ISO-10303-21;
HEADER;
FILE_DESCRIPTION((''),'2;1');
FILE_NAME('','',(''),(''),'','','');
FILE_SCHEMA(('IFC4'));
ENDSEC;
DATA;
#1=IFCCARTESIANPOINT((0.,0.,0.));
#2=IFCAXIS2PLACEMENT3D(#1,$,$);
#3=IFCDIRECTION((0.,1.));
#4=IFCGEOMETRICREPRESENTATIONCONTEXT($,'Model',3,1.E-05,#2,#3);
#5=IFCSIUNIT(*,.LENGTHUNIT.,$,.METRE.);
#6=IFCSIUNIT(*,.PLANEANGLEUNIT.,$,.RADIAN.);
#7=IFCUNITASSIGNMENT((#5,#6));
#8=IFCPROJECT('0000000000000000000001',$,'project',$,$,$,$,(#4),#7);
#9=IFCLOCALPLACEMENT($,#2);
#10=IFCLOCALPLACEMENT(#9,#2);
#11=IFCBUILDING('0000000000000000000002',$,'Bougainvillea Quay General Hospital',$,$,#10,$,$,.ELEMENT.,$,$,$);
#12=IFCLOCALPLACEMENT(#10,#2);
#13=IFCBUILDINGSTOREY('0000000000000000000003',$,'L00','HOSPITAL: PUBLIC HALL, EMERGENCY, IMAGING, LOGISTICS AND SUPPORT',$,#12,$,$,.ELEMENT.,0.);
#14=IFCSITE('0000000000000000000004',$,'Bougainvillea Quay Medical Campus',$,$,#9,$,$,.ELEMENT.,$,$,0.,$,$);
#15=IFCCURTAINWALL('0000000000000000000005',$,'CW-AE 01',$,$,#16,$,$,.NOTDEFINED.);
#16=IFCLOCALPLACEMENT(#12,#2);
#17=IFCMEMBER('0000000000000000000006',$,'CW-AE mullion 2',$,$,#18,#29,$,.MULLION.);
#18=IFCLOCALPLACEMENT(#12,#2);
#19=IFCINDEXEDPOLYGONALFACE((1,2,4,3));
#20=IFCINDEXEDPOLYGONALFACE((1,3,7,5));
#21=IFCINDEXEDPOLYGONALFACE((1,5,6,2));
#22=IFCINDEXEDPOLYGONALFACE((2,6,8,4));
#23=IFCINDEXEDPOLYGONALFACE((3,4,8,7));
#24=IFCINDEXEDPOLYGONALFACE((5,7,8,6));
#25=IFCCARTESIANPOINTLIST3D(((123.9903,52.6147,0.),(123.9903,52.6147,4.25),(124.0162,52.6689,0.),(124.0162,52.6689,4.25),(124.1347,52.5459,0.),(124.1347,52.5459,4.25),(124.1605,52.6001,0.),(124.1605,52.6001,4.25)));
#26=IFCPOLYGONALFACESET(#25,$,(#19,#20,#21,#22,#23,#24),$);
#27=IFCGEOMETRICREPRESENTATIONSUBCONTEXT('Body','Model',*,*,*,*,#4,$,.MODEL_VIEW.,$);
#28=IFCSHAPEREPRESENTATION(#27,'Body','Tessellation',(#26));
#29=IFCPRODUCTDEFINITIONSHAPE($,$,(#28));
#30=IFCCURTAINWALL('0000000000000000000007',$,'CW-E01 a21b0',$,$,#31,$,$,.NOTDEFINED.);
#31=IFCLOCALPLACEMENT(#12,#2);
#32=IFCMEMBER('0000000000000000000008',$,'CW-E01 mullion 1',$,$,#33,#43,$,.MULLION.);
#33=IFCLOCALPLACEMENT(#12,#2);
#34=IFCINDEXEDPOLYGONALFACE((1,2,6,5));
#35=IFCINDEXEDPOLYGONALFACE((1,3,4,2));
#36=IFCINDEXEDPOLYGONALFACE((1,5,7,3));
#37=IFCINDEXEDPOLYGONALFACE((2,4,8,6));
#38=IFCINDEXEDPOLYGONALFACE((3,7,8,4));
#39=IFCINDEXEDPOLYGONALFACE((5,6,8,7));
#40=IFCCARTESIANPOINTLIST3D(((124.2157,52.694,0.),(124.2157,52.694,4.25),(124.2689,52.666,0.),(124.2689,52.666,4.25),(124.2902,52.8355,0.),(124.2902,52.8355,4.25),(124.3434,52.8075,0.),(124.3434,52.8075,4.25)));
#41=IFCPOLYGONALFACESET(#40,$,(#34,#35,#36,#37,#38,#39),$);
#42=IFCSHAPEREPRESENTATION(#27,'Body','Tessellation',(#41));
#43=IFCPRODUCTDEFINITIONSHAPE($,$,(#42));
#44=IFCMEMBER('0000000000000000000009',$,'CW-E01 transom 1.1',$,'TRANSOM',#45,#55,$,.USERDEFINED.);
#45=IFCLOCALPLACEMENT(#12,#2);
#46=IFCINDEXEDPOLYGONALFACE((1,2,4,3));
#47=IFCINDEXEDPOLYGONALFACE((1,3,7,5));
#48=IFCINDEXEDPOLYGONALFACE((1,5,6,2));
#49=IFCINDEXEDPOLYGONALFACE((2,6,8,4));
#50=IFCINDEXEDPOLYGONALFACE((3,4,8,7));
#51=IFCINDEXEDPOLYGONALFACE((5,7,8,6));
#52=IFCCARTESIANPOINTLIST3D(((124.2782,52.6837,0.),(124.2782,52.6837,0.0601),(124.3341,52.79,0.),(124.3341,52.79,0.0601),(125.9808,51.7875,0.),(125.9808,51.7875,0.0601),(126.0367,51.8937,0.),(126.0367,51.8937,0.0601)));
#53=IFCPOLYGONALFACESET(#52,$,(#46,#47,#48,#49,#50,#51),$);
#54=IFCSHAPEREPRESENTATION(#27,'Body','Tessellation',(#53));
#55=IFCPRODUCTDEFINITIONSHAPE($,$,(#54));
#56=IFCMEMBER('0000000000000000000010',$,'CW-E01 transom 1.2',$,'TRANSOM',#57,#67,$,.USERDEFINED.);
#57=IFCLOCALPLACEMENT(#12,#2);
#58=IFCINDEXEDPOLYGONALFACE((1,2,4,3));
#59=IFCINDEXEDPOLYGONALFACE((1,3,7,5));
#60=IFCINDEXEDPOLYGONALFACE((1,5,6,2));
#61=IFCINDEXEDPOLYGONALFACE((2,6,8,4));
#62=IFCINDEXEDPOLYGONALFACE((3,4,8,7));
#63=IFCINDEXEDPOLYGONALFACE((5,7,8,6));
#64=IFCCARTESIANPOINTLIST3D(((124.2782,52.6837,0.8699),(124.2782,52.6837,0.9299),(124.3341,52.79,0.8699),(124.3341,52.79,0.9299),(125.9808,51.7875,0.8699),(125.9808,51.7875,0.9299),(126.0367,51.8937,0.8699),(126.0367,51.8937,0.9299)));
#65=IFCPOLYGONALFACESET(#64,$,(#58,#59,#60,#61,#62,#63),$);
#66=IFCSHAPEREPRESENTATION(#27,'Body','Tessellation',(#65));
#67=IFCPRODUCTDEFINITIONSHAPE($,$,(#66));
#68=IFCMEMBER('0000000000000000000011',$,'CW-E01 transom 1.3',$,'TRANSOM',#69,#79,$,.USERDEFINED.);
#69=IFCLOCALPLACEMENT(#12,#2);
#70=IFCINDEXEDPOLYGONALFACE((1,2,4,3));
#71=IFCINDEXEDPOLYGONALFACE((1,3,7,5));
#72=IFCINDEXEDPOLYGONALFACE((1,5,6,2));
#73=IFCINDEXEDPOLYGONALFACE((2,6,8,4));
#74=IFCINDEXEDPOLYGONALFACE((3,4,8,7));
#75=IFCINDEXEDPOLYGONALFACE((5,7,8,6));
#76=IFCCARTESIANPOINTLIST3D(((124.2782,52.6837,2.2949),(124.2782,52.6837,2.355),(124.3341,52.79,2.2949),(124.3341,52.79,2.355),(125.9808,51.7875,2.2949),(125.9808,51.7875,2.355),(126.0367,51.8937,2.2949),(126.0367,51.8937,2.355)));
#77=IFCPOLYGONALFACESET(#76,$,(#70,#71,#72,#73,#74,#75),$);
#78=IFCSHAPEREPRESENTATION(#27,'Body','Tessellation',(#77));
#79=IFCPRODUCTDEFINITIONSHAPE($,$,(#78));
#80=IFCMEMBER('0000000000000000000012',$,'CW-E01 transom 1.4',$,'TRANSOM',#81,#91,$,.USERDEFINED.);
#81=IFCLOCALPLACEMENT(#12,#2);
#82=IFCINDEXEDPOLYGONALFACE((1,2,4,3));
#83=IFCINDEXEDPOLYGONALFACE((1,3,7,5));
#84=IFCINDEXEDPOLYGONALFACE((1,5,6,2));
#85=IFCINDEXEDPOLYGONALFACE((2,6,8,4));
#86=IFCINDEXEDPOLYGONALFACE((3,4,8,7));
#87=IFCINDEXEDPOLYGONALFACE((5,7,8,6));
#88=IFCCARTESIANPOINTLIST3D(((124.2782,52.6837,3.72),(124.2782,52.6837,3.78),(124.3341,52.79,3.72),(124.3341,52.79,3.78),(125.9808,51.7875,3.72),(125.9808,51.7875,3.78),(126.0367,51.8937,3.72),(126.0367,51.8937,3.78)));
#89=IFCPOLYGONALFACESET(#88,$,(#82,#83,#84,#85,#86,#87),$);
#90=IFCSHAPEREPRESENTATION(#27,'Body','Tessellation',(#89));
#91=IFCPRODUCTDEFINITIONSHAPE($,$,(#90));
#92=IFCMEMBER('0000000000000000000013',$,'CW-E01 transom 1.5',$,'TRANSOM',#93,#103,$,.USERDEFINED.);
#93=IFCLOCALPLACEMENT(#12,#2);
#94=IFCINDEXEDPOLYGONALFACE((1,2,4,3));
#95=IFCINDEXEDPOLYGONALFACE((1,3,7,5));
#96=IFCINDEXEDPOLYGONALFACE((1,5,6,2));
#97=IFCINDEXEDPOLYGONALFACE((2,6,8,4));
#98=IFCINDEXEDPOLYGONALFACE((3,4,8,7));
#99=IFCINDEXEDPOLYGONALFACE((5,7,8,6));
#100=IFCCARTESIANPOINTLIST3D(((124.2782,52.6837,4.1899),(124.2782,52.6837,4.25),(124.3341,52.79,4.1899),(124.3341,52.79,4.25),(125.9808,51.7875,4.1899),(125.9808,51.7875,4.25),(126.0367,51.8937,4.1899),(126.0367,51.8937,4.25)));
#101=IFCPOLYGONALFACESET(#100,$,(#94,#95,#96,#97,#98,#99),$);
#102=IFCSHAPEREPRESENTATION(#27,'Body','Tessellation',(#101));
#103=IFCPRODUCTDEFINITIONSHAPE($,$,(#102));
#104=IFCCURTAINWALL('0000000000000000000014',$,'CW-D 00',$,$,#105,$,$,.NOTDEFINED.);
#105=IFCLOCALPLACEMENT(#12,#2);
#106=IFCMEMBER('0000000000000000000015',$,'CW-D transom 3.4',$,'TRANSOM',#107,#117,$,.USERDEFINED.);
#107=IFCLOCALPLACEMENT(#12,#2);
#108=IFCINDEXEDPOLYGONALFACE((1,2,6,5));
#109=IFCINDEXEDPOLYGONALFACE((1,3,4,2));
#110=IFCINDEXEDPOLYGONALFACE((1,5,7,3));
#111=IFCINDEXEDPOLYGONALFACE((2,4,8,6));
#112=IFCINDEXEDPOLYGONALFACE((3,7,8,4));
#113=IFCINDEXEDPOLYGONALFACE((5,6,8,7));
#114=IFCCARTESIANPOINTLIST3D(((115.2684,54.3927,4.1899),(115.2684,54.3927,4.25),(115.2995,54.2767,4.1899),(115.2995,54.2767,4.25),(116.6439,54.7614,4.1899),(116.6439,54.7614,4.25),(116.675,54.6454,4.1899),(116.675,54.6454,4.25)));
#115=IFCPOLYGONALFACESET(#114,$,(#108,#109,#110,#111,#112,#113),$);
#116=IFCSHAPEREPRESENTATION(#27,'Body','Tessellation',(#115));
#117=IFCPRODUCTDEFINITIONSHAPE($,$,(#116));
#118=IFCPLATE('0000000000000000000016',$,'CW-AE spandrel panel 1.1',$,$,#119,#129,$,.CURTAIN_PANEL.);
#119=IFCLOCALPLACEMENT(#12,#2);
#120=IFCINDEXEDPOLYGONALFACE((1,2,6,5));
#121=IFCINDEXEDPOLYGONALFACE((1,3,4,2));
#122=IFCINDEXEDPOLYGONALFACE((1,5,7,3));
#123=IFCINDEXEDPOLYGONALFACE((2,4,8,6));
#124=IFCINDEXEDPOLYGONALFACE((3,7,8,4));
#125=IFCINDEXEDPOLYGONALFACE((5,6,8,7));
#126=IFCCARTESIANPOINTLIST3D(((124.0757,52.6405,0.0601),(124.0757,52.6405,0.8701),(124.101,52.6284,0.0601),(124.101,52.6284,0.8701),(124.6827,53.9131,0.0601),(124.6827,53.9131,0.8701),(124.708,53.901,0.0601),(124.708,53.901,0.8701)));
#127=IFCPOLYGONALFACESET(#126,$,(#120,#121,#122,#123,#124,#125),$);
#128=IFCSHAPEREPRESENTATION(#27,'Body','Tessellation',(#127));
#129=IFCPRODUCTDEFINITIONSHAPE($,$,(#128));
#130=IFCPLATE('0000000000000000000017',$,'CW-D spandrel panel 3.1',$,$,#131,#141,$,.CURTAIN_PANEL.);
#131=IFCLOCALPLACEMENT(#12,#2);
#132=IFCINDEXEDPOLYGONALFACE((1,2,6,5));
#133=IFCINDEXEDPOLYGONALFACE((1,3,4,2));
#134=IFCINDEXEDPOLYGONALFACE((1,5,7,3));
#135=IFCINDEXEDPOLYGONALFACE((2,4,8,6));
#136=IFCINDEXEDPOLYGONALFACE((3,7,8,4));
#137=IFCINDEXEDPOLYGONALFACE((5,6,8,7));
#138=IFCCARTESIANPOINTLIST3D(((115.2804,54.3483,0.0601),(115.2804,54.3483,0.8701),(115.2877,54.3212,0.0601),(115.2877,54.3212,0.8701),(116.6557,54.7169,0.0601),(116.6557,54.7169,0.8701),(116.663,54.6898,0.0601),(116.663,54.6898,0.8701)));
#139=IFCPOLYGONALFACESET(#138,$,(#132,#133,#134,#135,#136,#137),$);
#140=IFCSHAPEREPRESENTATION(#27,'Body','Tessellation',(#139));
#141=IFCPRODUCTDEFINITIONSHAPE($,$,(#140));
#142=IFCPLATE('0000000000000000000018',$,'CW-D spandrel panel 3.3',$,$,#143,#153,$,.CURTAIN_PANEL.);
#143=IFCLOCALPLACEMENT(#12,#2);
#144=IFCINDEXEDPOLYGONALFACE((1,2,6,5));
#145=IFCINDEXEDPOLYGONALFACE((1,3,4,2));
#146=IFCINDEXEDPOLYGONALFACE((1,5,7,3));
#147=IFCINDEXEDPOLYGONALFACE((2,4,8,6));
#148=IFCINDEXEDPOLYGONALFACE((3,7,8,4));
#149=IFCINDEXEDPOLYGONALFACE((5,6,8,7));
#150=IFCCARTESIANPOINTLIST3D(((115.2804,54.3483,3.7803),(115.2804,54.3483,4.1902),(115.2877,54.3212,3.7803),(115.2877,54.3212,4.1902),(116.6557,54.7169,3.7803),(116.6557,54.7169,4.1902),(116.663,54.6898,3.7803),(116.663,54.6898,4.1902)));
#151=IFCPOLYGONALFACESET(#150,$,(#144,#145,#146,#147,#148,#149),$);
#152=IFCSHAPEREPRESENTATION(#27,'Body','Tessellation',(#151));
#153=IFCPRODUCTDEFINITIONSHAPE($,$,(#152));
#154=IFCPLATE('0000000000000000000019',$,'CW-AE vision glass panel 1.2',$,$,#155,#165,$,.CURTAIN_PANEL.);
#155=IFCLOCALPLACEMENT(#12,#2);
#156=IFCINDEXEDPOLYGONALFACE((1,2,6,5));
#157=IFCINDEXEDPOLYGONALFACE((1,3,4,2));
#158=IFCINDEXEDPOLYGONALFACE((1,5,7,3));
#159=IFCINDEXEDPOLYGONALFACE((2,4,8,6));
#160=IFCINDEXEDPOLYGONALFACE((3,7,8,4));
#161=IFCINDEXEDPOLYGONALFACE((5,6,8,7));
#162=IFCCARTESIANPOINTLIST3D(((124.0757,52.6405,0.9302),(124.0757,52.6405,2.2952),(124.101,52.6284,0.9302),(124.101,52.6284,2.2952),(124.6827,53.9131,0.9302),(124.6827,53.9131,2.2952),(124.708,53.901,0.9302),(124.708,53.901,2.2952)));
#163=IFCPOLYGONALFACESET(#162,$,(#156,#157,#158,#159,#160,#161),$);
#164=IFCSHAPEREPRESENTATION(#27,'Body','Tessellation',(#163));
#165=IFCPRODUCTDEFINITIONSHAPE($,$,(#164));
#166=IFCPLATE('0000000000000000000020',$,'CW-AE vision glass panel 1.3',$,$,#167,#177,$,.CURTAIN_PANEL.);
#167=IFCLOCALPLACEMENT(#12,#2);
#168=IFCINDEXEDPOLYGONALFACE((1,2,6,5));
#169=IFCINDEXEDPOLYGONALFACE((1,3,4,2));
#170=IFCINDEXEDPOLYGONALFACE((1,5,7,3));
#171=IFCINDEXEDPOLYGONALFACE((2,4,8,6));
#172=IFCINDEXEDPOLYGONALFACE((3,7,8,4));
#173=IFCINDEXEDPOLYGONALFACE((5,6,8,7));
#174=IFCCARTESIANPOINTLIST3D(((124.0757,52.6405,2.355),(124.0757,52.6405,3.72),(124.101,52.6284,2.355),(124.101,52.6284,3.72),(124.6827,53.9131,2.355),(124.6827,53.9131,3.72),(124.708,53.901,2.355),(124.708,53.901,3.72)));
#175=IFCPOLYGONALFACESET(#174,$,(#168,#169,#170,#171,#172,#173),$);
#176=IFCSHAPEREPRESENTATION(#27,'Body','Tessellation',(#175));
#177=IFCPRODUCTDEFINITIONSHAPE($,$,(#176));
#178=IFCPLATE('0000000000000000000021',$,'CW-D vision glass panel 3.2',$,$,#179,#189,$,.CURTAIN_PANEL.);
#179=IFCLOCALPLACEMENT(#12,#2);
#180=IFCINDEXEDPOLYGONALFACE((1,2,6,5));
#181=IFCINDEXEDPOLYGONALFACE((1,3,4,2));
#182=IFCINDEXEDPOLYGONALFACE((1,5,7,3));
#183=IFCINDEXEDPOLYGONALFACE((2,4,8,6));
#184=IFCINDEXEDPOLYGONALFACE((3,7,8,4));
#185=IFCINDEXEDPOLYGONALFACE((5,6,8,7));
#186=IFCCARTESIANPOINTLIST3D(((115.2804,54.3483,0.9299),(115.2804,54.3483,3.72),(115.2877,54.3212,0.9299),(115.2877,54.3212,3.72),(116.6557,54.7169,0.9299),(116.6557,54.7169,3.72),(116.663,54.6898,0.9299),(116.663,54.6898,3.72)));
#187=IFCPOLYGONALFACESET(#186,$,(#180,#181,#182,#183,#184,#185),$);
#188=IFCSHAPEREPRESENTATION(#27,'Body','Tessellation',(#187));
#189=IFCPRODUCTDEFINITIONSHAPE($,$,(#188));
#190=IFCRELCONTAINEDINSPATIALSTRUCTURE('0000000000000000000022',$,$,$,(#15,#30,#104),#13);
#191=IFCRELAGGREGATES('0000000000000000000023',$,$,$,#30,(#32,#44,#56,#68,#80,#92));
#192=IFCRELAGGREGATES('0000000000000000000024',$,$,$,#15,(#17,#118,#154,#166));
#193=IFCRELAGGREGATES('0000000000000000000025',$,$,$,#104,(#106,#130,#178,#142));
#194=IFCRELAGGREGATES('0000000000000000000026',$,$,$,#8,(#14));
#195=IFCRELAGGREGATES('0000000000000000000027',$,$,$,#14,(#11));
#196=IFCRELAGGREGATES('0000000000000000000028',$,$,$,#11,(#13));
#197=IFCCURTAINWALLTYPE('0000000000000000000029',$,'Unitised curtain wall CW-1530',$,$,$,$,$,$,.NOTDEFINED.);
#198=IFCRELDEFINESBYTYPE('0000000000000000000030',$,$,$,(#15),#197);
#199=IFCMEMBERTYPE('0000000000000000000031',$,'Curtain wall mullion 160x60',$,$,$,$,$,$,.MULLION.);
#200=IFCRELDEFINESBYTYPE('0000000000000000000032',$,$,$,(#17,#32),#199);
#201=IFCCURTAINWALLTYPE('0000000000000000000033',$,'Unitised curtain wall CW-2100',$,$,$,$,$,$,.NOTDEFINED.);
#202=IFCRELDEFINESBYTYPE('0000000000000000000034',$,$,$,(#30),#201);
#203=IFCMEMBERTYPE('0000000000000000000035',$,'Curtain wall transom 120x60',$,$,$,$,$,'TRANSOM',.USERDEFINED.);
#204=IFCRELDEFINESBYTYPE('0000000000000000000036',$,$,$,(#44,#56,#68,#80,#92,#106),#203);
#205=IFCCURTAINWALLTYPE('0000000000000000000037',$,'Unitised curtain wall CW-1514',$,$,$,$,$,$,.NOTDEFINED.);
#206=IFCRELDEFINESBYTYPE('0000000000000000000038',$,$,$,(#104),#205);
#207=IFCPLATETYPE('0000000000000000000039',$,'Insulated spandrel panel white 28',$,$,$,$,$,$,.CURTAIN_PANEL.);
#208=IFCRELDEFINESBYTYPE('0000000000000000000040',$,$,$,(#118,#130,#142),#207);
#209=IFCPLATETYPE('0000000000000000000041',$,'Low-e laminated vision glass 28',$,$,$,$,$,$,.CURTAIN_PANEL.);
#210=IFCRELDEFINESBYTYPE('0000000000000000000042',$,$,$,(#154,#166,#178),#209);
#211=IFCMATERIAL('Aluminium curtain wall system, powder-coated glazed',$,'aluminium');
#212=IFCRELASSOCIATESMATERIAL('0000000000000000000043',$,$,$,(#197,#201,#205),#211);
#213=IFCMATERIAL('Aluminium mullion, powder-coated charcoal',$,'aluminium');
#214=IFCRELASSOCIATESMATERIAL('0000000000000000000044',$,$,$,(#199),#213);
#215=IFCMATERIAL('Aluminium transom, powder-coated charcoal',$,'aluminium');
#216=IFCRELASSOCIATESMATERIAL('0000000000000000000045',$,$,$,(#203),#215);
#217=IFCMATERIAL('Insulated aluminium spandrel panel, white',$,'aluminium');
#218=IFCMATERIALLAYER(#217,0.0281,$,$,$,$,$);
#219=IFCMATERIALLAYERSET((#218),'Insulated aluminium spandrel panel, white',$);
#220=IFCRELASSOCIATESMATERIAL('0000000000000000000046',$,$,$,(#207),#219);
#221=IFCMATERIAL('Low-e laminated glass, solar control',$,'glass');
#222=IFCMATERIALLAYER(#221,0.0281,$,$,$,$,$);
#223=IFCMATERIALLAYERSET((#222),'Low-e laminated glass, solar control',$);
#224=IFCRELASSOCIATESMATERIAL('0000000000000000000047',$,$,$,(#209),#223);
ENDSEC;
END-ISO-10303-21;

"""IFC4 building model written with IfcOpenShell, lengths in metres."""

from ifc_helpers import new_model, si_unit, direction, frame, origin, origin_2d, place, context, subcontext, project, spatial, rectangle, extrude, material, layer, layer_set, material_profile, profile_set, type_object, element, aggregate, save


model = new_model("IFC4")

# Units and contexts
model_context = context("Model", 3, precision=1e-05, world=origin(), true_north=direction((0.0, 1.0)))
body_context = subcontext(model_context, "Body", "Model", "MODEL_VIEW")
ifc_project = project(units=[si_unit("LENGTHUNIT", "METRE"), si_unit("PLANEANGLEUNIT", "RADIAN")], contexts=[model_context])

# Site, building, storey
site_placement = place(None, origin())
site = spatial("IfcSite", under=ifc_project, at=site_placement, Name="Bougainvillea Quay Medical Campus", CompositionType="ELEMENT", RefElevation=0.0)
building_placement = place(site_placement, origin())
building = spatial("IfcBuilding", under=site, at=building_placement, Name="Bougainvillea Quay General Hospital", CompositionType="ELEMENT")
storey_placement = place(building_placement, origin())
storey = spatial("IfcBuildingStorey", under=building, at=storey_placement, Name="L00", Description="HOSPITAL: PUBLIC HALL, EMERGENCY, IMAGING, LOGISTICS AND SUPPORT", CompositionType="ELEMENT", Elevation=0.0)

# Curtain wall, member
ifc_material_1 = material(Name="Aluminium curtain wall system, powder-coated glazed", Category="aluminium")
curtain_wall_type_1 = type_object("IfcCurtainWallType", Name="Unitised curtain wall CW-1530", PredefinedType="NOTDEFINED", material=ifc_material_1)
curtain_wall_1_placement = place(storey_placement, origin())
curtain_wall_1 = element("IfcCurtainWall", 1, at=curtain_wall_1_placement, inside=storey, type_object=curtain_wall_type_1, Name="CW-AE 01", PredefinedType="NOTDEFINED")
ifc_material_2 = material(Name="Aluminium mullion, powder-coated charcoal", Category="aluminium")
ifc_material_profile_1 = material_profile(ifc_material_2, rectangle(XDim=0.1599, YDim=0.0601, at=origin_2d()))
ifc_profile_set_1 = profile_set([ifc_material_profile_1], Name="Aluminium mullion, powder-coated charcoal")
member_type_1 = type_object("IfcMemberType", Name="Curtain wall mullion 160x60", PredefinedType="MULLION", material=ifc_profile_set_1)
member_1_placement = place(storey_placement, frame((124.0754, 52.6074, 0.0), z_axis=(0.0, 0.0, 1.0), x_axis=(0.902576, -0.43053, 0.0)))
member_1 = element("IfcMember", 2, at=member_1_placement, type_object=member_type_1, Name="CW-AE mullion 2", PredefinedType="MULLION", context=body_context, shape_type="SweptSolid", body=[
    extrude(rectangle(XDim=0.1599, YDim=0.0601, at=origin_2d()), origin(), (0.0, 0.0, 1.0), 4.25),
])

# Curtain wall, members
curtain_wall_type_2 = type_object("IfcCurtainWallType", Name="Unitised curtain wall CW-2100", PredefinedType="NOTDEFINED", material=ifc_material_1)
curtain_wall_2_placement = place(storey_placement, origin())
curtain_wall_2 = element("IfcCurtainWall", 3, at=curtain_wall_2_placement, inside=storey, type_object=curtain_wall_type_2, Name="CW-E01 a21b0", PredefinedType="NOTDEFINED")
member_2_placement = place(storey_placement, frame((124.2795, 52.7507, 0.0), z_axis=(0.0, 0.0, 1.0), x_axis=(0.465726, 0.884929, 0.0)))
member_2 = element("IfcMember", 4, at=member_2_placement, type_object=member_type_1, Name="CW-E01 mullion 1", PredefinedType="MULLION", context=body_context, shape_type="SweptSolid", body=[
    extrude(rectangle(XDim=0.1599, YDim=0.0601, at=origin_2d()), origin(), (0.0, 0.0, 1.0), 4.25),
])
ifc_material_3 = material(Name="Aluminium transom, powder-coated charcoal", Category="aluminium")
ifc_material_profile_2 = material_profile(ifc_material_3, rectangle(XDim=0.1201, YDim=0.0601, at=origin_2d()))
ifc_profile_set_2 = profile_set([ifc_material_profile_2], Name="Aluminium transom, powder-coated charcoal")
member_type_2 = type_object("IfcMemberType", Name="Curtain wall transom 120x60", ElementType="TRANSOM", PredefinedType="USERDEFINED", material=ifc_profile_set_2)
member_3_placement = place(storey_placement, frame((124.3062, 52.7368, 0.03), z_axis=(0.884893, -0.465793, 0.0), x_axis=(0.465793, 0.884893, 0.0)))
member_3 = element("IfcMember", 5, at=member_3_placement, type_object=member_type_2, Name="CW-E01 transom 1.1", ObjectType="TRANSOM", PredefinedType="USERDEFINED", context=body_context, shape_type="SweptSolid", body=[
    extrude(rectangle(XDim=0.1201, YDim=0.0601, at=origin_2d()), origin(), (0.0, 0.0, 1.0), 1.9241),
])
member_4_placement = place(storey_placement, frame((124.3062, 52.7368, 0.8999), z_axis=(0.884893, -0.465793, 0.0), x_axis=(0.465793, 0.884893, 0.0)))
member_4 = element("IfcMember", 6, at=member_4_placement, type_object=member_type_2, Name="CW-E01 transom 1.2", ObjectType="TRANSOM", PredefinedType="USERDEFINED", context=body_context, shape_type="SweptSolid", body=[
    extrude(rectangle(XDim=0.1201, YDim=0.0601, at=origin_2d()), origin(), (0.0, 0.0, 1.0), 1.9241),
])
member_5_placement = place(storey_placement, frame((124.3062, 52.7368, 2.325), z_axis=(0.884893, -0.465793, 0.0), x_axis=(0.465793, 0.884893, 0.0)))
member_5 = element("IfcMember", 7, at=member_5_placement, type_object=member_type_2, Name="CW-E01 transom 1.3", ObjectType="TRANSOM", PredefinedType="USERDEFINED", context=body_context, shape_type="SweptSolid", body=[
    extrude(rectangle(XDim=0.1201, YDim=0.0601, at=origin_2d()), origin(), (0.0, 0.0, 1.0), 1.9241),
])
member_6_placement = place(storey_placement, frame((124.3062, 52.7368, 3.75), z_axis=(0.884893, -0.465793, 0.0), x_axis=(0.465793, 0.884893, 0.0)))
member_6 = element("IfcMember", 8, at=member_6_placement, type_object=member_type_2, Name="CW-E01 transom 1.4", ObjectType="TRANSOM", PredefinedType="USERDEFINED", context=body_context, shape_type="SweptSolid", body=[
    extrude(rectangle(XDim=0.1201, YDim=0.0601, at=origin_2d()), origin(), (0.0, 0.0, 1.0), 1.9241),
])
member_7_placement = place(storey_placement, frame((124.3062, 52.7368, 4.22), z_axis=(0.884893, -0.465793, 0.0), x_axis=(0.465793, 0.884893, 0.0)))
member_7 = element("IfcMember", 9, at=member_7_placement, type_object=member_type_2, Name="CW-E01 transom 1.5", ObjectType="TRANSOM", PredefinedType="USERDEFINED", context=body_context, shape_type="SweptSolid", body=[
    extrude(rectangle(XDim=0.1201, YDim=0.0601, at=origin_2d()), origin(), (0.0, 0.0, 1.0), 1.9241),
])
aggregate(curtain_wall_2, [member_2, member_3, member_4, member_5, member_6, member_7])

# Curtain wall, member
curtain_wall_type_3 = type_object("IfcCurtainWallType", Name="Unitised curtain wall CW-1514", PredefinedType="NOTDEFINED", material=ifc_material_1)
curtain_wall_3_placement = place(storey_placement, origin())
curtain_wall_3 = element("IfcCurtainWall", 10, at=curtain_wall_3_placement, inside=storey, type_object=curtain_wall_type_3, Name="CW-D 00", PredefinedType="NOTDEFINED")
member_8_placement = place(storey_placement, frame((115.2839, 54.3347, 4.22), z_axis=(0.96591, 0.258879, 0.0), x_axis=(-0.258879, 0.96591, 0.0)))
member_8 = element("IfcMember", 11, at=member_8_placement, type_object=member_type_2, Name="CW-D transom 3.4", ObjectType="TRANSOM", PredefinedType="USERDEFINED", context=body_context, shape_type="SweptSolid", body=[
    extrude(rectangle(XDim=0.1201, YDim=0.0601, at=origin_2d()), origin(), (0.0, 0.0, 1.0), 1.4241),
])

# Plates
ifc_material_4 = material(Name="Insulated aluminium spandrel panel, white", Category="aluminium")
ifc_layer_1 = layer(ifc_material_4, 0.0281)
ifc_layer_set_1 = layer_set([ifc_layer_1], Name="Insulated aluminium spandrel panel, white")
plate_type_1 = type_object("IfcPlateType", Name="Insulated spandrel panel white 28", PredefinedType="CURTAIN_PANEL", material=ifc_layer_set_1)
plate_1_placement = place(storey_placement, frame((124.3918, 53.2708, 0.0601), z_axis=(0.0, 0.0, 1.0), x_axis=(-0.43053, -0.902576, 0.0)))
plate_1 = element("IfcPlate", 12, at=plate_1_placement, type_object=plate_type_1, Name="CW-AE spandrel panel 1.1", PredefinedType="CURTAIN_PANEL", context=body_context, shape_type="SweptSolid", body=[
    extrude(rectangle(XDim=1.4099, YDim=0.0281, at=origin_2d()), origin(), (0.0, 0.0, 1.0), 0.8101),
])
plate_2_placement = place(storey_placement, frame((115.9717, 54.519, 0.0601), z_axis=(0.0, 0.0, 1.0), x_axis=(0.965916, 0.258855, 0.0)))
plate_2 = element("IfcPlate", 13, at=plate_2_placement, type_object=plate_type_1, Name="CW-D spandrel panel 3.1", PredefinedType="CURTAIN_PANEL", context=body_context, shape_type="SweptSolid", body=[
    extrude(rectangle(XDim=1.4238, YDim=0.0281, at=origin_2d()), origin(), (0.0, 0.0, 1.0), 0.8101),
])
plate_3_placement = place(storey_placement, frame((115.9717, 54.519, 3.7803), z_axis=(0.0, 0.0, 1.0), x_axis=(0.965916, 0.258855, 0.0)))
plate_3 = element("IfcPlate", 14, at=plate_3_placement, type_object=plate_type_1, Name="CW-D spandrel panel 3.3", PredefinedType="CURTAIN_PANEL", context=body_context, shape_type="SweptSolid", body=[
    extrude(rectangle(XDim=1.4238, YDim=0.0281, at=origin_2d()), origin(), (0.0, 0.0, 1.0), 0.4099),
])
ifc_material_5 = material(Name="Low-e laminated glass, solar control", Category="glass")
ifc_layer_2 = layer(ifc_material_5, 0.0281)
ifc_layer_set_2 = layer_set([ifc_layer_2], Name="Low-e laminated glass, solar control")
plate_type_2 = type_object("IfcPlateType", Name="Low-e laminated vision glass 28", PredefinedType="CURTAIN_PANEL", material=ifc_layer_set_2)
plate_4_placement = place(storey_placement, frame((124.3918, 53.2708, 0.9302), z_axis=(0.0, 0.0, 1.0), x_axis=(-0.43053, -0.902576, 0.0)))
plate_4 = element("IfcPlate", 15, at=plate_4_placement, type_object=plate_type_2, Name="CW-AE vision glass panel 1.2", PredefinedType="CURTAIN_PANEL", context=body_context, shape_type="SweptSolid", body=[
    extrude(rectangle(XDim=1.4099, YDim=0.0281, at=origin_2d()), origin(), (0.0, 0.0, 1.0), 1.365),
])
plate_5_placement = place(storey_placement, frame((124.3918, 53.2708, 2.355), z_axis=(0.0, 0.0, 1.0), x_axis=(-0.43053, -0.902576, 0.0)))
plate_5 = element("IfcPlate", 16, at=plate_5_placement, type_object=plate_type_2, Name="CW-AE vision glass panel 1.3", PredefinedType="CURTAIN_PANEL", context=body_context, shape_type="SweptSolid", body=[
    extrude(rectangle(XDim=1.4099, YDim=0.0281, at=origin_2d()), origin(), (0.0, 0.0, 1.0), 1.365),
])
aggregate(curtain_wall_1, [member_1, plate_1, plate_4, plate_5])
plate_6_placement = place(storey_placement, frame((115.9717, 54.519, 0.9299), z_axis=(0.0, 0.0, 1.0), x_axis=(0.965916, 0.258855, 0.0)))
plate_6 = element("IfcPlate", 17, at=plate_6_placement, type_object=plate_type_2, Name="CW-D vision glass panel 3.2", PredefinedType="CURTAIN_PANEL", context=body_context, shape_type="SweptSolid", body=[
    extrude(rectangle(XDim=1.4238, YDim=0.0281, at=origin_2d()), origin(), (0.0, 0.0, 1.0), 2.79),
])
aggregate(curtain_wall_3, [member_8, plate_2, plate_6, plate_3])

save(model, "model.ifc")
